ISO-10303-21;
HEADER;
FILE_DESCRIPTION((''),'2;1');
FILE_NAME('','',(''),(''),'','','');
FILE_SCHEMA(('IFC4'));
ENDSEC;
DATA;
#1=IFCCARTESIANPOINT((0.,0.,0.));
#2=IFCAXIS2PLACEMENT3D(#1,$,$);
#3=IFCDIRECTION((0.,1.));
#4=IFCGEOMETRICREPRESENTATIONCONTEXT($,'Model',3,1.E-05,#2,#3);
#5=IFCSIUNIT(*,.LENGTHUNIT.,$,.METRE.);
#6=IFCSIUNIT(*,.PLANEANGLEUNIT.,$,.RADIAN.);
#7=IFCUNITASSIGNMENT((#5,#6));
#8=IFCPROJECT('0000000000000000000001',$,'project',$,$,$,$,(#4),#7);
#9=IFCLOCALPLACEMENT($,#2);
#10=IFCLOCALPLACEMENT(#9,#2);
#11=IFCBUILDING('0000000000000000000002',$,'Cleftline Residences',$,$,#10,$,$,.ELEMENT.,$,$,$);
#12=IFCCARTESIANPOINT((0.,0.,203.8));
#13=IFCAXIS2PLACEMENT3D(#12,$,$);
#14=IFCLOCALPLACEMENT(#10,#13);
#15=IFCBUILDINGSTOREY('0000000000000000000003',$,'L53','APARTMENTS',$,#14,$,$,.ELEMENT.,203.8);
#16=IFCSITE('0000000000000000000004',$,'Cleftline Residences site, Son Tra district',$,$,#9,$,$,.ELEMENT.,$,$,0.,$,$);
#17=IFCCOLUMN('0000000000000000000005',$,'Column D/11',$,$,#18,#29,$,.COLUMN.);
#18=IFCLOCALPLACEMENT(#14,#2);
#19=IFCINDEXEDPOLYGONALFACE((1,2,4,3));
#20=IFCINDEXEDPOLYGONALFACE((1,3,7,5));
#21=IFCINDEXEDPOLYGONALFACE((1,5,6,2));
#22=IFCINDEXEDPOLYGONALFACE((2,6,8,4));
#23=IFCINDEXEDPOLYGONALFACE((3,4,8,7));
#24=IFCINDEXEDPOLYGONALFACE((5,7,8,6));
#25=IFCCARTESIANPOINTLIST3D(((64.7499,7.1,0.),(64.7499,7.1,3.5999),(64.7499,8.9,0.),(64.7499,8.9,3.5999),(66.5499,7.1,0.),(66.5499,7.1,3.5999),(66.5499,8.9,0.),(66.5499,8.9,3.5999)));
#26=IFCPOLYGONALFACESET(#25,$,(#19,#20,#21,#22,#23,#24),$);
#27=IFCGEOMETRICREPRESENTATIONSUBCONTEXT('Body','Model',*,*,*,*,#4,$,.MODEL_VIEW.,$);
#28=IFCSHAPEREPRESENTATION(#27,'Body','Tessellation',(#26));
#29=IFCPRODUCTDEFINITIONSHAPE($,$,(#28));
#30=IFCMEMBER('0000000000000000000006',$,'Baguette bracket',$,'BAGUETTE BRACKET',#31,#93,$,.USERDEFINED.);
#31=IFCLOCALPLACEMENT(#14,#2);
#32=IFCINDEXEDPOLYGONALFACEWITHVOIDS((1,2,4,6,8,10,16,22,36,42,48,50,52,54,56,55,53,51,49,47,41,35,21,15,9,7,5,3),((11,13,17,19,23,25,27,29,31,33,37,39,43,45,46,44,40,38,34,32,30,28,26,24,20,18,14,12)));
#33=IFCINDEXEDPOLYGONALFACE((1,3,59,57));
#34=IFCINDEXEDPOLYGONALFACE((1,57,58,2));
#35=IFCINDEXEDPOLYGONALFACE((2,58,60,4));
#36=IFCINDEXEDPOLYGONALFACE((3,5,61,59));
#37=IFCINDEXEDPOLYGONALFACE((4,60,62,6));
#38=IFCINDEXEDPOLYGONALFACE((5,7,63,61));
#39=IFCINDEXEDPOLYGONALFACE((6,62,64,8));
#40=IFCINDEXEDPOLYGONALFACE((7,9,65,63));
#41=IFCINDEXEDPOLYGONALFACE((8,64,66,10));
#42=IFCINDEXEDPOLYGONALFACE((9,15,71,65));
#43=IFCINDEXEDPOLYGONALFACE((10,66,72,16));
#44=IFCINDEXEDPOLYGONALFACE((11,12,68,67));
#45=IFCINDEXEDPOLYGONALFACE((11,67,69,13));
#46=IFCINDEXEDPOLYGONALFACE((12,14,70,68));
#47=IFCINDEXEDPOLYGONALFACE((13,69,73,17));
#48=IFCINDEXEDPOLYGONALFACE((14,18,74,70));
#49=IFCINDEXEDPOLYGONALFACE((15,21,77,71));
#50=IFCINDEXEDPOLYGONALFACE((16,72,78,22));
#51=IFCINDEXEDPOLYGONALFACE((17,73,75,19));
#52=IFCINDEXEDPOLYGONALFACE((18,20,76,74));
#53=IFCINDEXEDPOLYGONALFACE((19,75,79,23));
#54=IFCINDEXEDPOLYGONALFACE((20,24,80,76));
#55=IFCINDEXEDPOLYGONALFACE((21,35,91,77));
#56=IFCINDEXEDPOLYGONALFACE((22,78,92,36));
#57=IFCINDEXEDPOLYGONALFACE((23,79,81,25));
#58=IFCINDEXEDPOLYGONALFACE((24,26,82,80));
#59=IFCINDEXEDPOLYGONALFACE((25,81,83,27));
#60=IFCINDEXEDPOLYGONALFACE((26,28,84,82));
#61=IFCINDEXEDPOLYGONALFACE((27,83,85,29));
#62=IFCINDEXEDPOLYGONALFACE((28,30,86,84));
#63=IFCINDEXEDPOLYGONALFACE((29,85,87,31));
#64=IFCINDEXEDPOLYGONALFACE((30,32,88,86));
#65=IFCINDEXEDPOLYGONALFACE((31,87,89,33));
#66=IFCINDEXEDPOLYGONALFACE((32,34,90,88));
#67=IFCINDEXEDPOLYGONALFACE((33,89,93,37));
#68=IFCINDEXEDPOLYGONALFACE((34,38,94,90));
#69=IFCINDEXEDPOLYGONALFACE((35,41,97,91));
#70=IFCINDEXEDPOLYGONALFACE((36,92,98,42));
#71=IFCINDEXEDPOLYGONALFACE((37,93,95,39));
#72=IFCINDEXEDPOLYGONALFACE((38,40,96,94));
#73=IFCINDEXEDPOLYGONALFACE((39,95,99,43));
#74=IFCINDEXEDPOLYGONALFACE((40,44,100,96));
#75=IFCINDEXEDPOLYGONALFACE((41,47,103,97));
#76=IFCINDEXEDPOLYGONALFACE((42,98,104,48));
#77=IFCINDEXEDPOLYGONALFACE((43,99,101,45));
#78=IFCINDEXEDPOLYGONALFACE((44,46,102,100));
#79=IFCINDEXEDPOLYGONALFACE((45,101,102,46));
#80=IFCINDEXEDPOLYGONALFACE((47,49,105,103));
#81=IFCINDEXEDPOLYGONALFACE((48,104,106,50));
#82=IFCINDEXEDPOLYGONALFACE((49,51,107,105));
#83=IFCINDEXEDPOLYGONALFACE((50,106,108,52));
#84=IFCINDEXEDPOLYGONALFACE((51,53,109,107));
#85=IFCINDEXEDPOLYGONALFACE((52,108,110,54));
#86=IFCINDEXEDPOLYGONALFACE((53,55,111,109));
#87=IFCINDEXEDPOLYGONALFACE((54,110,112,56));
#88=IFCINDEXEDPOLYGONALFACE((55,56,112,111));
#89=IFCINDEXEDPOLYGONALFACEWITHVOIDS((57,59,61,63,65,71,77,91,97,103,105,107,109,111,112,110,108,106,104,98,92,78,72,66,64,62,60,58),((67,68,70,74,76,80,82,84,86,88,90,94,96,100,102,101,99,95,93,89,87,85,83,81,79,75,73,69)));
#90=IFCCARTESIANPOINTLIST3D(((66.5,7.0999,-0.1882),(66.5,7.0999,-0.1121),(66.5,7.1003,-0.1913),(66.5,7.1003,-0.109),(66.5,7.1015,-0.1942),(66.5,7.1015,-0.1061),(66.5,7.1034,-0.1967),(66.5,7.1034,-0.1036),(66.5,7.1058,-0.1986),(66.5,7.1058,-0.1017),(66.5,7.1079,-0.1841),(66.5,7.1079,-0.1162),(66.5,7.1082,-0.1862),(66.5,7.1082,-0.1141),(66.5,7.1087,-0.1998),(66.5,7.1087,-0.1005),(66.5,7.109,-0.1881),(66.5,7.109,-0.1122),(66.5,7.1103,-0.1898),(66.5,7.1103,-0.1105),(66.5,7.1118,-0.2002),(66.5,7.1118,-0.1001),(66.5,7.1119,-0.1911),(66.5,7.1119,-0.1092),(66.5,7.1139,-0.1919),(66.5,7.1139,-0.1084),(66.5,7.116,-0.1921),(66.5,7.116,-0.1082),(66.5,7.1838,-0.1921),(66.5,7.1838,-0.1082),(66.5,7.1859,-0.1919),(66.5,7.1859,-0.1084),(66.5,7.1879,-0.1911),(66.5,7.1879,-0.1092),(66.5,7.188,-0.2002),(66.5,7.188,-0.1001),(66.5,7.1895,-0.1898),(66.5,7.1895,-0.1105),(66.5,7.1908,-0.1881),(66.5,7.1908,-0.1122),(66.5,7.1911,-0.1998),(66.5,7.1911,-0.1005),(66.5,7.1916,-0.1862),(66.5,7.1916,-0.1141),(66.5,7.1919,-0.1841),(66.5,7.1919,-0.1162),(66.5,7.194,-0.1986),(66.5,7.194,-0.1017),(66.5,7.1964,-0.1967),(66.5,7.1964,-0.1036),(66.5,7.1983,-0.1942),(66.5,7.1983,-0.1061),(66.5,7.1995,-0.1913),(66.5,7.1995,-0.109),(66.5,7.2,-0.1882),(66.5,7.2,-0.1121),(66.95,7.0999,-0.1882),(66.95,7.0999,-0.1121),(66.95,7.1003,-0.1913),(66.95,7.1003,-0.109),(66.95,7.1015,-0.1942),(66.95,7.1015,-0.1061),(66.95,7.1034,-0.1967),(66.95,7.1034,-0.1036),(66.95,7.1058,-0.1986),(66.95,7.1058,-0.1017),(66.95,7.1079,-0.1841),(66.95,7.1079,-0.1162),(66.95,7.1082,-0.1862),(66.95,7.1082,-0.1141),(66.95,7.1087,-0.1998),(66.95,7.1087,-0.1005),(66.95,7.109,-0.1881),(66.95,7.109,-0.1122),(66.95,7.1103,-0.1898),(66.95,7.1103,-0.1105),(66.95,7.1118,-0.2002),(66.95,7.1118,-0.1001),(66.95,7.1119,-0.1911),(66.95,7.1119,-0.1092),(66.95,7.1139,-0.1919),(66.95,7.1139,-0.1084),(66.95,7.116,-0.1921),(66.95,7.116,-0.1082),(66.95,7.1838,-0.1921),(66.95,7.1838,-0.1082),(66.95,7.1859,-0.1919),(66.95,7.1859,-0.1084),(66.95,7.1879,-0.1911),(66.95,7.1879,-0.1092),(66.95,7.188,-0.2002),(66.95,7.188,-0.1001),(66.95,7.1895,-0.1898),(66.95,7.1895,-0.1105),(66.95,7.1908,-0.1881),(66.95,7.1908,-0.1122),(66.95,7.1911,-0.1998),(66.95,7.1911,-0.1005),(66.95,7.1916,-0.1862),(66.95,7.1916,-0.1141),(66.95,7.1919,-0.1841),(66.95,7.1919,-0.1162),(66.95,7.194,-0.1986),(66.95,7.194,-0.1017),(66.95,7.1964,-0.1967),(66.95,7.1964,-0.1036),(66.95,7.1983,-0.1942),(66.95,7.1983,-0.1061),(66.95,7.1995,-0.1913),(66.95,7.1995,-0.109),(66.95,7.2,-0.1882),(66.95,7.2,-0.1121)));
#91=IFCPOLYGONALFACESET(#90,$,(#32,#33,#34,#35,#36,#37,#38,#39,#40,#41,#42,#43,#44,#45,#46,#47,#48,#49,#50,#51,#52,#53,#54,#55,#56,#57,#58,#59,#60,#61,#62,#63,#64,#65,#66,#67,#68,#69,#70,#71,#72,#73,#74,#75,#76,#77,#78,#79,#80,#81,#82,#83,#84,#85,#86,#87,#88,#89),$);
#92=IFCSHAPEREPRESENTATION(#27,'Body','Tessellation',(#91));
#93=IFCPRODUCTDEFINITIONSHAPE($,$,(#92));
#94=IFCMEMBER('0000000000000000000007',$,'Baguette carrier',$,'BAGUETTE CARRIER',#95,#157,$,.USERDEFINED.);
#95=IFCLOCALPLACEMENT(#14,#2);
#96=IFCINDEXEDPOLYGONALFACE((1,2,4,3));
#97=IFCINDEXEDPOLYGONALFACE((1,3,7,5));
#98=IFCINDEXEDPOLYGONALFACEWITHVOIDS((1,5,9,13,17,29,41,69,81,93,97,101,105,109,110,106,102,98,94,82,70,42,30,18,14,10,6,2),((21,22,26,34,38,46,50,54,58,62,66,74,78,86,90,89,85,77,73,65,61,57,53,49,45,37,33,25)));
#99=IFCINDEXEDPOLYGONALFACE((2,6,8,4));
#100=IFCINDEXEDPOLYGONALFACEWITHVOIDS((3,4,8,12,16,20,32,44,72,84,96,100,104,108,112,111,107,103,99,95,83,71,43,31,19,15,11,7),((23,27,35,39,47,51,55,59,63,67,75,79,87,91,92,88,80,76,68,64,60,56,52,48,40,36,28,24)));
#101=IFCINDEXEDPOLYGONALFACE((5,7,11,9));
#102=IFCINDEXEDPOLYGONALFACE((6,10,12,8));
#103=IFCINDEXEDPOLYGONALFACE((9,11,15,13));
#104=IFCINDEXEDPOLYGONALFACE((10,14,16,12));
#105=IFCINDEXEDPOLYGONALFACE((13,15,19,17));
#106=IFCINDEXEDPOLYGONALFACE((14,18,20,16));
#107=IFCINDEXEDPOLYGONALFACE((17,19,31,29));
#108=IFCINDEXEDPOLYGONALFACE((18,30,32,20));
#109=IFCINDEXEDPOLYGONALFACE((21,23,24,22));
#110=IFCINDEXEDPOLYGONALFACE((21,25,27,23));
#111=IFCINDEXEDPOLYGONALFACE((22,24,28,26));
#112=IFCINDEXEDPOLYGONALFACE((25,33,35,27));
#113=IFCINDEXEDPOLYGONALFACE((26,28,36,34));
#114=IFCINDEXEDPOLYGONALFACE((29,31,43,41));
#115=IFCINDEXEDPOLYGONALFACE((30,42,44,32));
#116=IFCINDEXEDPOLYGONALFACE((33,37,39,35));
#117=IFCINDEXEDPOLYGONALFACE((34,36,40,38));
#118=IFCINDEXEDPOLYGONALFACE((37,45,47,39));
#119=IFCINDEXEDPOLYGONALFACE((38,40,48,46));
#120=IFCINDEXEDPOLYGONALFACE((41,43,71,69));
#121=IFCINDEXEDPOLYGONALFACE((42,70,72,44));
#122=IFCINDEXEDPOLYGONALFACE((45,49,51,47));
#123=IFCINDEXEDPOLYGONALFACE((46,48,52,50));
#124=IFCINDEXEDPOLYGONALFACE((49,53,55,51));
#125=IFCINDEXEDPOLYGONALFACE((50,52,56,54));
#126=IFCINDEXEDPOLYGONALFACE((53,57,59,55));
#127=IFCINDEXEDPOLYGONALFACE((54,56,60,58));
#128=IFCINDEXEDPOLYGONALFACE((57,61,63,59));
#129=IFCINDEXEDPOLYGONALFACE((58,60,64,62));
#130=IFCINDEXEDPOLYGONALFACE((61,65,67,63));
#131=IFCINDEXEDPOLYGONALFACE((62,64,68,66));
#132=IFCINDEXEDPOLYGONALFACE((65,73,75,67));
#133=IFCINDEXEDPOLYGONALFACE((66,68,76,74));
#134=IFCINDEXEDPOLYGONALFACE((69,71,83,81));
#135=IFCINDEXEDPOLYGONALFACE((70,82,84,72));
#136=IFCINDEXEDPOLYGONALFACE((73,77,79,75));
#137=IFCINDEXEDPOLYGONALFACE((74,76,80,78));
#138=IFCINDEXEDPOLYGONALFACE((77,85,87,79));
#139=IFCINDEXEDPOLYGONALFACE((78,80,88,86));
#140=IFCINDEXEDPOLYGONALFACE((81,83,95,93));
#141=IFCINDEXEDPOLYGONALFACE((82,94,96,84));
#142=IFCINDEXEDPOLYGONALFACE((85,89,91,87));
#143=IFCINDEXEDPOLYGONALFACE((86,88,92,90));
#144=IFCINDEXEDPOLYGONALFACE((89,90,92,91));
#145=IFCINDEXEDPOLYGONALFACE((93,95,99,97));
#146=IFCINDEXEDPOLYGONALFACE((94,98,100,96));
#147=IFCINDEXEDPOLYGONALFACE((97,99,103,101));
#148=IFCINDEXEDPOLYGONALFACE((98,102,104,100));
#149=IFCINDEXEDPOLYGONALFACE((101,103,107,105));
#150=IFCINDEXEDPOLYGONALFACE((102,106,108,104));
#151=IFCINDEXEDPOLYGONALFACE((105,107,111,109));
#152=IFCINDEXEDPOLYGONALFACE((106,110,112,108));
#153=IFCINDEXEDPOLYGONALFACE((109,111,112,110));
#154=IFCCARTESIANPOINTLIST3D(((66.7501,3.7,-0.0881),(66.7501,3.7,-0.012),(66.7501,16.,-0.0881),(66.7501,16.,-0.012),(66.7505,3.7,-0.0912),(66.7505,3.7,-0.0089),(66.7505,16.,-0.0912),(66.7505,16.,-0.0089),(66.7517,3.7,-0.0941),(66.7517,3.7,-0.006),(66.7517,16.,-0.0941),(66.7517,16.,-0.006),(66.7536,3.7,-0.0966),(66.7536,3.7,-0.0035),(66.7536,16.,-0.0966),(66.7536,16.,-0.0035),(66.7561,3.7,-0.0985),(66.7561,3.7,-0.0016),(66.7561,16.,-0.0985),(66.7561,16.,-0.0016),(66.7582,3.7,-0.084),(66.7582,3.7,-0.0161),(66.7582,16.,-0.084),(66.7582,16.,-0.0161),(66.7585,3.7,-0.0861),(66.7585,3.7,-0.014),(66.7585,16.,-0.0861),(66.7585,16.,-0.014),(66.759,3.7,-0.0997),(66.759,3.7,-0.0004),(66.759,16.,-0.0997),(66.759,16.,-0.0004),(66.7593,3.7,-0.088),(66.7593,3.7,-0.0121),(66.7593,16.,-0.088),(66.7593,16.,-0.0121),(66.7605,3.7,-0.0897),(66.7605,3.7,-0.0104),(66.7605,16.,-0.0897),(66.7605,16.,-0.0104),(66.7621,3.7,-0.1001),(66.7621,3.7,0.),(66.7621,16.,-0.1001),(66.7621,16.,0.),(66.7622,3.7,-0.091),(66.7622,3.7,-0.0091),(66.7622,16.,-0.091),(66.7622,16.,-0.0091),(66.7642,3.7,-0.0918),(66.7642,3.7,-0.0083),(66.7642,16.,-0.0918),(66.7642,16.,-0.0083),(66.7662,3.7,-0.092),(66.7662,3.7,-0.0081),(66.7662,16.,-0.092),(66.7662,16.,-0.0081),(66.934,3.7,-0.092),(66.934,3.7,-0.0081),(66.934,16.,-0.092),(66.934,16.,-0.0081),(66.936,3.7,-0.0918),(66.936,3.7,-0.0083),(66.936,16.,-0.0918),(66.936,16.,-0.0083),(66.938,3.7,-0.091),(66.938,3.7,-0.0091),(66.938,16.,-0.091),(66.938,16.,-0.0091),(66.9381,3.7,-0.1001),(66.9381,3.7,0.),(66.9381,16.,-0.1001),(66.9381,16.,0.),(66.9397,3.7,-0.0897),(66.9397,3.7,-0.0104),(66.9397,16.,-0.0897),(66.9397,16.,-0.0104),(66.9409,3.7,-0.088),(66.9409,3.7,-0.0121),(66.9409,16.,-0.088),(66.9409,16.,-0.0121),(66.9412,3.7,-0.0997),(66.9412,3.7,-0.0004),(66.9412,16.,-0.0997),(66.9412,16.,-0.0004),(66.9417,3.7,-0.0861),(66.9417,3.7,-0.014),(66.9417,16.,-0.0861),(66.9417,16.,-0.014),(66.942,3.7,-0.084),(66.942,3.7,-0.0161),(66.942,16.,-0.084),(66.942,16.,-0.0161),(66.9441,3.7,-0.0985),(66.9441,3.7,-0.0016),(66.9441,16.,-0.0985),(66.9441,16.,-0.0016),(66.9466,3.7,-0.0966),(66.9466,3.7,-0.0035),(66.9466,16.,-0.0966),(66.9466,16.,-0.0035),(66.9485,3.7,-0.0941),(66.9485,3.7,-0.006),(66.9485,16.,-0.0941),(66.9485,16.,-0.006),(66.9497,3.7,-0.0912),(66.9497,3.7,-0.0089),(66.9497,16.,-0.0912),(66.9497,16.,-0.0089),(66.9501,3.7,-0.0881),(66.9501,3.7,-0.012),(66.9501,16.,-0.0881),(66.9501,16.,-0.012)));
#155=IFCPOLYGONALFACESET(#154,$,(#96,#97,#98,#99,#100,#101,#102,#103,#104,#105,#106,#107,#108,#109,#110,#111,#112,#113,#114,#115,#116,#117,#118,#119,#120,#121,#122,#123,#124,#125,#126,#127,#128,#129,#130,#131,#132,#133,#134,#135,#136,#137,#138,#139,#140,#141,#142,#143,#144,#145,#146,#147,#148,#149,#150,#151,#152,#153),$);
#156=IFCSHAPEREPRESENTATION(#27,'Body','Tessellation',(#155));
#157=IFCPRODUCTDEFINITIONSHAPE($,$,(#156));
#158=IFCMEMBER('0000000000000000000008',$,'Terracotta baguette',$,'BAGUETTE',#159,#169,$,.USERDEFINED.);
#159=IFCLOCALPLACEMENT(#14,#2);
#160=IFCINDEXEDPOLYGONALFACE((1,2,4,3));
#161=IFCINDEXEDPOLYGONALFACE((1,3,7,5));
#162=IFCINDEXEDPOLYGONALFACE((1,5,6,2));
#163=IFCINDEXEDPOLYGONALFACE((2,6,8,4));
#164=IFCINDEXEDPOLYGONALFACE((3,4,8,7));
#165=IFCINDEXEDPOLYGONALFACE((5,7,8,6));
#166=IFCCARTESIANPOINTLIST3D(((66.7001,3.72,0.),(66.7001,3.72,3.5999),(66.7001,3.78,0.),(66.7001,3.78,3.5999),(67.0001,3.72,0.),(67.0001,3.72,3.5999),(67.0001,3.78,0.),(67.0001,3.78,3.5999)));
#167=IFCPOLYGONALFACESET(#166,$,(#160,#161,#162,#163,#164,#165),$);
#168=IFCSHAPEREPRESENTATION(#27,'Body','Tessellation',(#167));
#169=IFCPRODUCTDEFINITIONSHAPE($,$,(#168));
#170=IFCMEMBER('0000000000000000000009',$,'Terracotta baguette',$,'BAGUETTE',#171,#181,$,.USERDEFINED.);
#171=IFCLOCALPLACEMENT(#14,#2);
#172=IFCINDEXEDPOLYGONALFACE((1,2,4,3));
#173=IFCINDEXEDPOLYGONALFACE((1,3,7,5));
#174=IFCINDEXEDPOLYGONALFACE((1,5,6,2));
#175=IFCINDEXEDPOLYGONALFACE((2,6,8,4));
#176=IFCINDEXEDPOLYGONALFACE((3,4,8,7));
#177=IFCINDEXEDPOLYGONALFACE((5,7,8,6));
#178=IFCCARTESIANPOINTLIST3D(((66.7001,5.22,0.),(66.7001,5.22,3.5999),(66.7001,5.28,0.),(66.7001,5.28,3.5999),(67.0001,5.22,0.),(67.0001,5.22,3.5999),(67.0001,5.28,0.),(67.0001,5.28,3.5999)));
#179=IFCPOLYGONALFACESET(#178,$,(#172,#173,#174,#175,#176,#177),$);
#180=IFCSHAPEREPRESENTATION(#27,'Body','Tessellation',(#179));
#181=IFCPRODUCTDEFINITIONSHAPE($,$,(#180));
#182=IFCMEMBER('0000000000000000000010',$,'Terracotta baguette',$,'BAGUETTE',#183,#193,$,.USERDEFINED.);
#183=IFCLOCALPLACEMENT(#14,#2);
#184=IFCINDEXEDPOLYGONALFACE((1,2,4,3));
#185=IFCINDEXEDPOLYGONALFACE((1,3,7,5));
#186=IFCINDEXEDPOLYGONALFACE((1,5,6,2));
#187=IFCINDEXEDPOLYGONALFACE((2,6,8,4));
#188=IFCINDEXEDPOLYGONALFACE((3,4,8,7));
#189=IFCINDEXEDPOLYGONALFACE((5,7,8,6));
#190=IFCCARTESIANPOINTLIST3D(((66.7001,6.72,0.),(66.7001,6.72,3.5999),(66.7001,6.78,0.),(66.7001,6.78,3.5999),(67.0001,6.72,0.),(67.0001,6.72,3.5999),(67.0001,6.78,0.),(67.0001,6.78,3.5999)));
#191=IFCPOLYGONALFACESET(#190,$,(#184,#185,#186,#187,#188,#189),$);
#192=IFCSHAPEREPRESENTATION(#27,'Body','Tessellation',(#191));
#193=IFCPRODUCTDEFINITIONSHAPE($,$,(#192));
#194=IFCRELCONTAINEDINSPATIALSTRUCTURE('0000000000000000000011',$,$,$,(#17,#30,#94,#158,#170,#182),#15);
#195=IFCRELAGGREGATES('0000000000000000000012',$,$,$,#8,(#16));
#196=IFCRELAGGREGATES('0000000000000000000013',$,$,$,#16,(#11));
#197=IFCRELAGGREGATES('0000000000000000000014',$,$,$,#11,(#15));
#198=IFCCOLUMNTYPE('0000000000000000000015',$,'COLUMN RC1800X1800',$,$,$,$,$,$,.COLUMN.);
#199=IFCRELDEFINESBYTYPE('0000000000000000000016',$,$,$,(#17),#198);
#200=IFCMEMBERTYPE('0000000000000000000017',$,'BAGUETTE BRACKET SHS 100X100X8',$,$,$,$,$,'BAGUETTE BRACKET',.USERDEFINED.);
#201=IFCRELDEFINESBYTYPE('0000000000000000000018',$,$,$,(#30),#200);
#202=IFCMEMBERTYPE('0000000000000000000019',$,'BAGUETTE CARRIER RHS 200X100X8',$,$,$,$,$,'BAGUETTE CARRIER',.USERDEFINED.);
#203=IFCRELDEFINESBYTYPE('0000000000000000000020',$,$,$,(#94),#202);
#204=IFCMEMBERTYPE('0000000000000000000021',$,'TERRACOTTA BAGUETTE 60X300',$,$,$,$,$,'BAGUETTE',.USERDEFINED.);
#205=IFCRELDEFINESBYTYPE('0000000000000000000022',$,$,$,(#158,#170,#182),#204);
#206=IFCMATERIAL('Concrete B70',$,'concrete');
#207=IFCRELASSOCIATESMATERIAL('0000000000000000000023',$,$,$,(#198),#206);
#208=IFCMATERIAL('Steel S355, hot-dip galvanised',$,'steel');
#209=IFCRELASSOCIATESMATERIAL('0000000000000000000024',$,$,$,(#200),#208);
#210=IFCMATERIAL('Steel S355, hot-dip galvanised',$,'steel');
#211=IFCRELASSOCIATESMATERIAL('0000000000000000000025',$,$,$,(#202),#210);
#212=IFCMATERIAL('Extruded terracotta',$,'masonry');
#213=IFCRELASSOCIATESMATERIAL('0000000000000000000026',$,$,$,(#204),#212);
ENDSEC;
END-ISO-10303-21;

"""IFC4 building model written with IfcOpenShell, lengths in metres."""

from ifc_helpers import new_model, si_unit, direction, frame, origin, origin_2d, place, context, subcontext, project, spatial, rectangle, hollow_rectangle, extrude, material, material_profile, profile_set, type_object, element, save


model = new_model("IFC4")

# Units and contexts
model_context = context("Model", 3, precision=1e-05, world=origin(), true_north=direction((0.0, 1.0)))
body_context = subcontext(model_context, "Body", "Model", "MODEL_VIEW")
ifc_project = project(units=[si_unit("LENGTHUNIT", "METRE"), si_unit("PLANEANGLEUNIT", "RADIAN")], contexts=[model_context])

# Site, building, storey
site_placement = place(None, origin())
site = spatial("IfcSite", under=ifc_project, at=site_placement, Name="Cleftline Residences site, Son Tra district", CompositionType="ELEMENT", RefElevation=0.0)
building_placement = place(site_placement, origin())
building = spatial("IfcBuilding", under=site, at=building_placement, Name="Cleftline Residences", CompositionType="ELEMENT")
storey_placement = place(building_placement, frame((0.0, 0.0, 203.8)))
storey = spatial("IfcBuildingStorey", under=building, at=storey_placement, Name="L53", Description="APARTMENTS", CompositionType="ELEMENT", Elevation=203.8)

# Column
ifc_material_1 = material(Name="Concrete B70", Category="concrete")
ifc_material_profile_1 = material_profile(ifc_material_1, rectangle(XDim=1.8, YDim=1.8, at=origin_2d()))
ifc_profile_set_1 = profile_set([ifc_material_profile_1], Name="Concrete B70")
column_type = type_object("IfcColumnType", Name="COLUMN RC1800X1800", PredefinedType="COLUMN", material=ifc_profile_set_1)
column_placement = place(storey_placement, frame((65.6499, 8.0, 0.0), z_axis=(0.0, 0.0, 1.0), x_axis=(1.0, 0.0, 0.0)))
element("IfcColumn", 1, at=column_placement, inside=storey, type_object=column_type, Name="Column D/11", PredefinedType="COLUMN", context=body_context, shape_type="SweptSolid", body=[
    extrude(rectangle(XDim=1.8, YDim=1.8, at=origin_2d()), origin(), (0.0, 0.0, 1.0), 3.5999),
])

# Members
ifc_material_2 = material(Name="Steel S355, hot-dip galvanised", Category="steel")
ifc_material_profile_2 = material_profile(ifc_material_2, hollow_rectangle(XDim=0.1001, YDim=0.1001, WallThickness=0.0081, InnerFilletRadius=0.0081, OuterFilletRadius=0.012, at=origin_2d()))
ifc_profile_set_2 = profile_set([ifc_material_profile_2], Name="Steel S355, hot-dip galvanised")
member_type_1 = type_object("IfcMemberType", Name="BAGUETTE BRACKET SHS 100X100X8", ElementType="BAGUETTE BRACKET", PredefinedType="USERDEFINED", material=ifc_profile_set_2)
member_1_placement = place(storey_placement, frame((66.5, 7.1499, -0.1501), z_axis=(1.0, 0.0, 0.0), x_axis=(0.0, 1.0, 0.0)))
element("IfcMember", 2, at=member_1_placement, inside=storey, type_object=member_type_1, Name="Baguette bracket", ObjectType="BAGUETTE BRACKET", PredefinedType="USERDEFINED", context=body_context, shape_type="SweptSolid", body=[
    extrude(hollow_rectangle(XDim=0.1001, YDim=0.1001, WallThickness=0.0081, InnerFilletRadius=0.0081, OuterFilletRadius=0.012, at=origin_2d()), origin(), (0.0, 0.0, 1.0), 0.45),
])
ifc_material_3 = material(Name="Steel S355, hot-dip galvanised", Category="steel")
ifc_material_profile_3 = material_profile(ifc_material_3, hollow_rectangle(XDim=0.1001, YDim=0.2, WallThickness=0.0081, InnerFilletRadius=0.0081, OuterFilletRadius=0.012, at=origin_2d()))
ifc_profile_set_3 = profile_set([ifc_material_profile_3], Name="Steel S355, hot-dip galvanised")
member_type_2 = type_object("IfcMemberType", Name="BAGUETTE CARRIER RHS 200X100X8", ElementType="BAGUETTE CARRIER", PredefinedType="USERDEFINED", material=ifc_profile_set_3)
member_2_placement = place(storey_placement, frame((66.8501, 3.7, -0.05), z_axis=(0.0, 1.0, 0.0), x_axis=(0.0, 0.0, 1.0)))
element("IfcMember", 3, at=member_2_placement, inside=storey, type_object=member_type_2, Name="Baguette carrier", ObjectType="BAGUETTE CARRIER", PredefinedType="USERDEFINED", context=body_context, shape_type="SweptSolid", body=[
    extrude(hollow_rectangle(XDim=0.1001, YDim=0.2, WallThickness=0.0081, InnerFilletRadius=0.0081, OuterFilletRadius=0.012, at=origin_2d()), origin(), (0.0, 0.0, 1.0), 12.3),
])
ifc_material_4 = material(Name="Extruded terracotta", Category="masonry")
ifc_material_profile_4 = material_profile(ifc_material_4, rectangle(XDim=0.0601, YDim=0.3, at=origin_2d()))
ifc_profile_set_4 = profile_set([ifc_material_profile_4], Name="Extruded terracotta")
member_type_3 = type_object("IfcMemberType", Name="TERRACOTTA BAGUETTE 60X300", ElementType="BAGUETTE", PredefinedType="USERDEFINED", material=ifc_profile_set_4)
for number, where, z_axis, x_axis, name in (
    (4, (66.8501, 3.75, 0.0), (0.0, 0.0, 1.0), (0.0, 1.0, 0.0), "Terracotta baguette"),
    (5, (66.8501, 5.25, 0.0), (0.0, 0.0, 1.0), (0.0, 1.0, 0.0), "Terracotta baguette"),
    (6, (66.8501, 6.75, 0.0), (0.0, 0.0, 1.0), (0.0, 1.0, 0.0), "Terracotta baguette"),
):
    element("IfcMember", number, at=place(storey_placement, frame(where, z_axis=z_axis, x_axis=x_axis)), inside=storey, type_object=member_type_3, Name=name, ObjectType="BAGUETTE", PredefinedType="USERDEFINED", context=body_context, shape_type="SweptSolid", body=[
        extrude(rectangle(XDim=0.0601, YDim=0.3, at=origin_2d()), origin(), (0.0, 0.0, 1.0), 3.5999),
    ])

save(model, "model.ifc")
